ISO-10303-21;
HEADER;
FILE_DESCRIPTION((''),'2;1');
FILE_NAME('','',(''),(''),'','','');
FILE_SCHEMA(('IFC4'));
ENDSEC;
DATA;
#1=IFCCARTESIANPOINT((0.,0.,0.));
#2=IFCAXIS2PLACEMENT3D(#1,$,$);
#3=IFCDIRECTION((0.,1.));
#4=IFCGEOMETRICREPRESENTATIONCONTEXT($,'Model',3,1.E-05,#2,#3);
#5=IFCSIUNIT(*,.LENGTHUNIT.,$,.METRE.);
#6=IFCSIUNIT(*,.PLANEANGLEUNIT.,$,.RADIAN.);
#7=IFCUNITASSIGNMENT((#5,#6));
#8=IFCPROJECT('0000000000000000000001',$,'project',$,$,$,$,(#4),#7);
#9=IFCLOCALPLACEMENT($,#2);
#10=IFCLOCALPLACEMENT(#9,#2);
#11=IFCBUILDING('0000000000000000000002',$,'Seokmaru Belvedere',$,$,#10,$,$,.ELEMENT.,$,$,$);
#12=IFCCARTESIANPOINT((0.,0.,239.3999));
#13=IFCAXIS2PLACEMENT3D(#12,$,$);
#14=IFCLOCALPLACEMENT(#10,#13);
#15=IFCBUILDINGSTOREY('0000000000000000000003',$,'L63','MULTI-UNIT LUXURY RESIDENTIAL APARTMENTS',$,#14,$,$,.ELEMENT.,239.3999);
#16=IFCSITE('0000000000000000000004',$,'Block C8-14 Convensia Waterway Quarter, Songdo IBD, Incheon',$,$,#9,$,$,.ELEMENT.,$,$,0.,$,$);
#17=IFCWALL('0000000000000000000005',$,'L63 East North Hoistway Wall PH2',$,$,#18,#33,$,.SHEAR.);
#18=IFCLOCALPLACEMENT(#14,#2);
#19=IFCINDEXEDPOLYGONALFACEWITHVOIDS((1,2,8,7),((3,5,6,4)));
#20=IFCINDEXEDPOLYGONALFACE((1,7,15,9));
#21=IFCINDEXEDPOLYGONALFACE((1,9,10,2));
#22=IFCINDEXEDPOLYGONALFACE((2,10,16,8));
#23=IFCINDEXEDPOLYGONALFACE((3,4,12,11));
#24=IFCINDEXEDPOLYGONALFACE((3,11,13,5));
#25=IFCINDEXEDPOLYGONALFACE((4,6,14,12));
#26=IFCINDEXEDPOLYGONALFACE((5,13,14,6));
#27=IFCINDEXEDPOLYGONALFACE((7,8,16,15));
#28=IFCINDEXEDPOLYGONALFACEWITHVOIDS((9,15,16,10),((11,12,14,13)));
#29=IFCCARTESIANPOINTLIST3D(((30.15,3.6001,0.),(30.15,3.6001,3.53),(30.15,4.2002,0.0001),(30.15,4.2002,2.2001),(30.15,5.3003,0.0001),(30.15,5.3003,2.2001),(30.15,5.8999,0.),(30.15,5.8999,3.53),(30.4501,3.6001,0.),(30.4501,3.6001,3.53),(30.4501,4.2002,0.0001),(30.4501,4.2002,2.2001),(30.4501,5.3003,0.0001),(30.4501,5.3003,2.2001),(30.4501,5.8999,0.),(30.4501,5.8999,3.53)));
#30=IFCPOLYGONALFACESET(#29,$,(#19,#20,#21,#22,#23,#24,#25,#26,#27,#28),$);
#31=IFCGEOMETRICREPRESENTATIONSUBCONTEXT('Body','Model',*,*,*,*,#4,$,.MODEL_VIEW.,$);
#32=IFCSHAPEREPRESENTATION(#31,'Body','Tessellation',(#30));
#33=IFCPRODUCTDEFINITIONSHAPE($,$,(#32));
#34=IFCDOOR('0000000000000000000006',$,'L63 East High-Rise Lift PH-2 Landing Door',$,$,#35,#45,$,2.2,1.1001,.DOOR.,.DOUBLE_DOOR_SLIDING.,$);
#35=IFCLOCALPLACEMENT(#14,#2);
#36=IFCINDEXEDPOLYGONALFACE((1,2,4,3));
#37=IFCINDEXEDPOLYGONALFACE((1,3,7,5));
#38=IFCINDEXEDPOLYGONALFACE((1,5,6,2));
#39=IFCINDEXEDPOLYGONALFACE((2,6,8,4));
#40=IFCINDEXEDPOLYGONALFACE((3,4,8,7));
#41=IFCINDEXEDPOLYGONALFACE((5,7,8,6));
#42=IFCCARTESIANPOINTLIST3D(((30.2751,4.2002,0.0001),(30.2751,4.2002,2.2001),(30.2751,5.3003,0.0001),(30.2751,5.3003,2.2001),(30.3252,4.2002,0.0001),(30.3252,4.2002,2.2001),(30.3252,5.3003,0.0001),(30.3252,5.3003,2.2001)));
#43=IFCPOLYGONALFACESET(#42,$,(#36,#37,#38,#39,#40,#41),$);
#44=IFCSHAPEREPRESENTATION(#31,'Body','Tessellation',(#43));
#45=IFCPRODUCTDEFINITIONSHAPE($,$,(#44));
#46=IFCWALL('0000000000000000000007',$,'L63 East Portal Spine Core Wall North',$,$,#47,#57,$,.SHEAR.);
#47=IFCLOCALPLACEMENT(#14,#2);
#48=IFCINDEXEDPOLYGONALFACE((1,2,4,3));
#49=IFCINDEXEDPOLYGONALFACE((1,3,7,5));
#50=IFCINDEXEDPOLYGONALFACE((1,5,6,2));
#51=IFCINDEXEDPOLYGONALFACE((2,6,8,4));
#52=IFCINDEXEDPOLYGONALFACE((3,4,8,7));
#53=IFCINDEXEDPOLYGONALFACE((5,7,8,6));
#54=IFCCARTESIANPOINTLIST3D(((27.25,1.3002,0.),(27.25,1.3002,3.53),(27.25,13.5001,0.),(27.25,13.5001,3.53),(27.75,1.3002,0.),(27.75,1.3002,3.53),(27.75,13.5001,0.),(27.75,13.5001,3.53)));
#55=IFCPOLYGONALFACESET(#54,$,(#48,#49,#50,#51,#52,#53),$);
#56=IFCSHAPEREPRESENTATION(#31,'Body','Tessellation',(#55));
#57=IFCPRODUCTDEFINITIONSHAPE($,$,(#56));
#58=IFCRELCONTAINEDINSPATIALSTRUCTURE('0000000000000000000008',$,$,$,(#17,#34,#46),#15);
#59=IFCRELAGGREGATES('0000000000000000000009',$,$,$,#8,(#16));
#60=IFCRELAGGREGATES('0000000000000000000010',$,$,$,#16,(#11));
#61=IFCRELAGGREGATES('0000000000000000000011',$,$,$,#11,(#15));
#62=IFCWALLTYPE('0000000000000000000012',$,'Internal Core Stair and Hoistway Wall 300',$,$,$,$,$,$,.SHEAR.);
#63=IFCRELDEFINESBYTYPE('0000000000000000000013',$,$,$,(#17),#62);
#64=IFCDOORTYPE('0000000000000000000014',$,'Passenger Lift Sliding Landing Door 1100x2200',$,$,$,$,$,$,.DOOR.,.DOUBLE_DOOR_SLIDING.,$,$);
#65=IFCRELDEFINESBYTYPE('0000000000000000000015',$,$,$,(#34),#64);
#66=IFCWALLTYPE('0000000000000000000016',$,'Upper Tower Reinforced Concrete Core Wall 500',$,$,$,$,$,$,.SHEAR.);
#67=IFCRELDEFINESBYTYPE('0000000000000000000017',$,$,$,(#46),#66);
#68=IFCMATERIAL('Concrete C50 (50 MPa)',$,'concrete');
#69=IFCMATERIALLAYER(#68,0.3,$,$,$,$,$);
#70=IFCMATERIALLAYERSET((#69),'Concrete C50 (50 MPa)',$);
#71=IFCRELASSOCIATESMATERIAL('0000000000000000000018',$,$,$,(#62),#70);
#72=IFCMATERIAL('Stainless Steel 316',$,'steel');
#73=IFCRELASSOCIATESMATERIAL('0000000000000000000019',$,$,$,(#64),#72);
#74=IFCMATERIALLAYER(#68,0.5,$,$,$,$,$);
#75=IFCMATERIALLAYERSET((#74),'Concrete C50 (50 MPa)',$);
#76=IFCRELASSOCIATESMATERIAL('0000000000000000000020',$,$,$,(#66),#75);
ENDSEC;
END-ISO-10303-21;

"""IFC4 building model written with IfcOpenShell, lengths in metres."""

from ifc_helpers import new_model, si_unit, direction, frame, frame_2d, origin, place, context, subcontext, project, spatial, rectangle, extrude, source, transform, mapped, material, layer, layer_set, type_object, type_shapes, element, fill, save


model = new_model("IFC4")

# Units and contexts
model_context = context("Model", 3, precision=1e-05, world=origin(), true_north=direction((0.0, 1.0)))
body_context = subcontext(model_context, "Body", "Model", "MODEL_VIEW")
ifc_project = project(units=[si_unit("LENGTHUNIT", "METRE"), si_unit("PLANEANGLEUNIT", "RADIAN")], contexts=[model_context])

# Site, building, storey
site_placement = place(None, origin())
site = spatial("IfcSite", under=ifc_project, at=site_placement, Name="Block C8-14 Convensia Waterway Quarter, Songdo IBD, Incheon", CompositionType="ELEMENT", RefElevation=0.0)
building_placement = place(site_placement, origin())
building = spatial("IfcBuilding", under=site, at=building_placement, Name="Seokmaru Belvedere", CompositionType="ELEMENT")
storey_placement = place(building_placement, frame((0.0, 0.0, 239.3999)))
storey = spatial("IfcBuildingStorey", under=building, at=storey_placement, Name="L63", Description="MULTI-UNIT LUXURY RESIDENTIAL APARTMENTS", CompositionType="ELEMENT", Elevation=239.3999)

# Shared definitions
ifc_material_1 = material(Name="Concrete C50 (50 MPa)", Category="concrete")

# Wall, opening, door
ifc_layer_1 = layer(ifc_material_1, 0.3)
ifc_layer_set_1 = layer_set([ifc_layer_1], Name="Concrete C50 (50 MPa)")
wall_type_1 = type_object("IfcWallType", Name="Internal Core Stair and Hoistway Wall 300", PredefinedType="SHEAR", material=ifc_layer_set_1)
ifc_material_2 = material(Name="Stainless Steel 316", Category="steel")
door_type_1 = type_object("IfcDoorType", Name="Passenger Lift Sliding Landing Door 1100x2200", OperationType="DOUBLE_DOOR_SLIDING", PredefinedType="DOOR", material=ifc_material_2)
shared_shape_1 = source(origin(), body_context, "Body", "SweptSolid", [
    extrude(rectangle(XDim=1.1001, YDim=2.2, at=frame_2d((0.55, 1.1001))), frame((0.0, 0.0249, 0.0), z_axis=(0.0, -1.0, 0.0), x_axis=(1.0, 0.0, 0.0)), (0.0, 0.0, 1.0), 0.05),
])
type_shapes(door_type_1, [shared_shape_1])
wall_1_placement = place(storey_placement, frame((30.3, 3.6001, 0.0), z_axis=(0.0, 0.0, 1.0), x_axis=(0.0, 1.0, 0.0)))
wall_1 = element("IfcWall", 1, at=wall_1_placement, inside=storey, type_object=wall_type_1, Name="L63 East North Hoistway Wall PH2", PredefinedType="SHEAR", context=body_context, shape_type="SweptSolid", body=[
    extrude(rectangle(XDim=2.2998, YDim=0.3, at=frame_2d((1.1499, 0.0))), origin(), (0.0, 0.0, 1.0), 3.53),
])
opening_1_placement = place(wall_1_placement, frame((0.6001, 0.0, 0.0)))
opening_1 = element("IfcOpeningElement", 2, at=opening_1_placement, cuts=wall_1, PredefinedType="OPENING", context=body_context, shape_type="SweptSolid", body=[
    extrude(rectangle(XDim=1.1001, YDim=2.2, at=frame_2d((0.55, 1.1001))), frame((0.0, 0.1602, 0.0), z_axis=(0.0, -1.0, 0.0), x_axis=(1.0, 0.0, 0.0)), (0.0, 0.0, 1.0), 0.3201),
])
door_1_placement = place(opening_1_placement, origin())
door_1 = element("IfcDoor", 3, at=door_1_placement, inside=storey, type_object=door_type_1, Name="L63 East High-Rise Lift PH-2 Landing Door", OperationType="DOUBLE_DOOR_SLIDING", OverallHeight=2.2, OverallWidth=1.1001, PredefinedType="DOOR", context=body_context, shape_type="MappedRepresentation", body=[
    mapped(shared_shape_1, transform((0.0, 0.0, 0.0), scale=1.0)),
])
fill(opening_1, door_1)

# Wall
ifc_layer_2 = layer(ifc_material_1, 0.5)
ifc_layer_set_2 = layer_set([ifc_layer_2], Name="Concrete C50 (50 MPa)")
wall_type_2 = type_object("IfcWallType", Name="Upper Tower Reinforced Concrete Core Wall 500", PredefinedType="SHEAR", material=ifc_layer_set_2)
wall_2_placement = place(storey_placement, frame((27.5, 1.3, 0.0), z_axis=(0.0, 0.0, 1.0), x_axis=(0.0, 1.0, 0.0)))
element("IfcWall", 4, at=wall_2_placement, inside=storey, type_object=wall_type_2, Name="L63 East Portal Spine Core Wall North", PredefinedType="SHEAR", context=body_context, shape_type="SweptSolid", body=[
    extrude(rectangle(XDim=12.2, YDim=0.5, at=frame_2d((6.1001, 0.0))), origin(), (0.0, 0.0, 1.0), 3.53),
])

save(model, "model.ifc")
